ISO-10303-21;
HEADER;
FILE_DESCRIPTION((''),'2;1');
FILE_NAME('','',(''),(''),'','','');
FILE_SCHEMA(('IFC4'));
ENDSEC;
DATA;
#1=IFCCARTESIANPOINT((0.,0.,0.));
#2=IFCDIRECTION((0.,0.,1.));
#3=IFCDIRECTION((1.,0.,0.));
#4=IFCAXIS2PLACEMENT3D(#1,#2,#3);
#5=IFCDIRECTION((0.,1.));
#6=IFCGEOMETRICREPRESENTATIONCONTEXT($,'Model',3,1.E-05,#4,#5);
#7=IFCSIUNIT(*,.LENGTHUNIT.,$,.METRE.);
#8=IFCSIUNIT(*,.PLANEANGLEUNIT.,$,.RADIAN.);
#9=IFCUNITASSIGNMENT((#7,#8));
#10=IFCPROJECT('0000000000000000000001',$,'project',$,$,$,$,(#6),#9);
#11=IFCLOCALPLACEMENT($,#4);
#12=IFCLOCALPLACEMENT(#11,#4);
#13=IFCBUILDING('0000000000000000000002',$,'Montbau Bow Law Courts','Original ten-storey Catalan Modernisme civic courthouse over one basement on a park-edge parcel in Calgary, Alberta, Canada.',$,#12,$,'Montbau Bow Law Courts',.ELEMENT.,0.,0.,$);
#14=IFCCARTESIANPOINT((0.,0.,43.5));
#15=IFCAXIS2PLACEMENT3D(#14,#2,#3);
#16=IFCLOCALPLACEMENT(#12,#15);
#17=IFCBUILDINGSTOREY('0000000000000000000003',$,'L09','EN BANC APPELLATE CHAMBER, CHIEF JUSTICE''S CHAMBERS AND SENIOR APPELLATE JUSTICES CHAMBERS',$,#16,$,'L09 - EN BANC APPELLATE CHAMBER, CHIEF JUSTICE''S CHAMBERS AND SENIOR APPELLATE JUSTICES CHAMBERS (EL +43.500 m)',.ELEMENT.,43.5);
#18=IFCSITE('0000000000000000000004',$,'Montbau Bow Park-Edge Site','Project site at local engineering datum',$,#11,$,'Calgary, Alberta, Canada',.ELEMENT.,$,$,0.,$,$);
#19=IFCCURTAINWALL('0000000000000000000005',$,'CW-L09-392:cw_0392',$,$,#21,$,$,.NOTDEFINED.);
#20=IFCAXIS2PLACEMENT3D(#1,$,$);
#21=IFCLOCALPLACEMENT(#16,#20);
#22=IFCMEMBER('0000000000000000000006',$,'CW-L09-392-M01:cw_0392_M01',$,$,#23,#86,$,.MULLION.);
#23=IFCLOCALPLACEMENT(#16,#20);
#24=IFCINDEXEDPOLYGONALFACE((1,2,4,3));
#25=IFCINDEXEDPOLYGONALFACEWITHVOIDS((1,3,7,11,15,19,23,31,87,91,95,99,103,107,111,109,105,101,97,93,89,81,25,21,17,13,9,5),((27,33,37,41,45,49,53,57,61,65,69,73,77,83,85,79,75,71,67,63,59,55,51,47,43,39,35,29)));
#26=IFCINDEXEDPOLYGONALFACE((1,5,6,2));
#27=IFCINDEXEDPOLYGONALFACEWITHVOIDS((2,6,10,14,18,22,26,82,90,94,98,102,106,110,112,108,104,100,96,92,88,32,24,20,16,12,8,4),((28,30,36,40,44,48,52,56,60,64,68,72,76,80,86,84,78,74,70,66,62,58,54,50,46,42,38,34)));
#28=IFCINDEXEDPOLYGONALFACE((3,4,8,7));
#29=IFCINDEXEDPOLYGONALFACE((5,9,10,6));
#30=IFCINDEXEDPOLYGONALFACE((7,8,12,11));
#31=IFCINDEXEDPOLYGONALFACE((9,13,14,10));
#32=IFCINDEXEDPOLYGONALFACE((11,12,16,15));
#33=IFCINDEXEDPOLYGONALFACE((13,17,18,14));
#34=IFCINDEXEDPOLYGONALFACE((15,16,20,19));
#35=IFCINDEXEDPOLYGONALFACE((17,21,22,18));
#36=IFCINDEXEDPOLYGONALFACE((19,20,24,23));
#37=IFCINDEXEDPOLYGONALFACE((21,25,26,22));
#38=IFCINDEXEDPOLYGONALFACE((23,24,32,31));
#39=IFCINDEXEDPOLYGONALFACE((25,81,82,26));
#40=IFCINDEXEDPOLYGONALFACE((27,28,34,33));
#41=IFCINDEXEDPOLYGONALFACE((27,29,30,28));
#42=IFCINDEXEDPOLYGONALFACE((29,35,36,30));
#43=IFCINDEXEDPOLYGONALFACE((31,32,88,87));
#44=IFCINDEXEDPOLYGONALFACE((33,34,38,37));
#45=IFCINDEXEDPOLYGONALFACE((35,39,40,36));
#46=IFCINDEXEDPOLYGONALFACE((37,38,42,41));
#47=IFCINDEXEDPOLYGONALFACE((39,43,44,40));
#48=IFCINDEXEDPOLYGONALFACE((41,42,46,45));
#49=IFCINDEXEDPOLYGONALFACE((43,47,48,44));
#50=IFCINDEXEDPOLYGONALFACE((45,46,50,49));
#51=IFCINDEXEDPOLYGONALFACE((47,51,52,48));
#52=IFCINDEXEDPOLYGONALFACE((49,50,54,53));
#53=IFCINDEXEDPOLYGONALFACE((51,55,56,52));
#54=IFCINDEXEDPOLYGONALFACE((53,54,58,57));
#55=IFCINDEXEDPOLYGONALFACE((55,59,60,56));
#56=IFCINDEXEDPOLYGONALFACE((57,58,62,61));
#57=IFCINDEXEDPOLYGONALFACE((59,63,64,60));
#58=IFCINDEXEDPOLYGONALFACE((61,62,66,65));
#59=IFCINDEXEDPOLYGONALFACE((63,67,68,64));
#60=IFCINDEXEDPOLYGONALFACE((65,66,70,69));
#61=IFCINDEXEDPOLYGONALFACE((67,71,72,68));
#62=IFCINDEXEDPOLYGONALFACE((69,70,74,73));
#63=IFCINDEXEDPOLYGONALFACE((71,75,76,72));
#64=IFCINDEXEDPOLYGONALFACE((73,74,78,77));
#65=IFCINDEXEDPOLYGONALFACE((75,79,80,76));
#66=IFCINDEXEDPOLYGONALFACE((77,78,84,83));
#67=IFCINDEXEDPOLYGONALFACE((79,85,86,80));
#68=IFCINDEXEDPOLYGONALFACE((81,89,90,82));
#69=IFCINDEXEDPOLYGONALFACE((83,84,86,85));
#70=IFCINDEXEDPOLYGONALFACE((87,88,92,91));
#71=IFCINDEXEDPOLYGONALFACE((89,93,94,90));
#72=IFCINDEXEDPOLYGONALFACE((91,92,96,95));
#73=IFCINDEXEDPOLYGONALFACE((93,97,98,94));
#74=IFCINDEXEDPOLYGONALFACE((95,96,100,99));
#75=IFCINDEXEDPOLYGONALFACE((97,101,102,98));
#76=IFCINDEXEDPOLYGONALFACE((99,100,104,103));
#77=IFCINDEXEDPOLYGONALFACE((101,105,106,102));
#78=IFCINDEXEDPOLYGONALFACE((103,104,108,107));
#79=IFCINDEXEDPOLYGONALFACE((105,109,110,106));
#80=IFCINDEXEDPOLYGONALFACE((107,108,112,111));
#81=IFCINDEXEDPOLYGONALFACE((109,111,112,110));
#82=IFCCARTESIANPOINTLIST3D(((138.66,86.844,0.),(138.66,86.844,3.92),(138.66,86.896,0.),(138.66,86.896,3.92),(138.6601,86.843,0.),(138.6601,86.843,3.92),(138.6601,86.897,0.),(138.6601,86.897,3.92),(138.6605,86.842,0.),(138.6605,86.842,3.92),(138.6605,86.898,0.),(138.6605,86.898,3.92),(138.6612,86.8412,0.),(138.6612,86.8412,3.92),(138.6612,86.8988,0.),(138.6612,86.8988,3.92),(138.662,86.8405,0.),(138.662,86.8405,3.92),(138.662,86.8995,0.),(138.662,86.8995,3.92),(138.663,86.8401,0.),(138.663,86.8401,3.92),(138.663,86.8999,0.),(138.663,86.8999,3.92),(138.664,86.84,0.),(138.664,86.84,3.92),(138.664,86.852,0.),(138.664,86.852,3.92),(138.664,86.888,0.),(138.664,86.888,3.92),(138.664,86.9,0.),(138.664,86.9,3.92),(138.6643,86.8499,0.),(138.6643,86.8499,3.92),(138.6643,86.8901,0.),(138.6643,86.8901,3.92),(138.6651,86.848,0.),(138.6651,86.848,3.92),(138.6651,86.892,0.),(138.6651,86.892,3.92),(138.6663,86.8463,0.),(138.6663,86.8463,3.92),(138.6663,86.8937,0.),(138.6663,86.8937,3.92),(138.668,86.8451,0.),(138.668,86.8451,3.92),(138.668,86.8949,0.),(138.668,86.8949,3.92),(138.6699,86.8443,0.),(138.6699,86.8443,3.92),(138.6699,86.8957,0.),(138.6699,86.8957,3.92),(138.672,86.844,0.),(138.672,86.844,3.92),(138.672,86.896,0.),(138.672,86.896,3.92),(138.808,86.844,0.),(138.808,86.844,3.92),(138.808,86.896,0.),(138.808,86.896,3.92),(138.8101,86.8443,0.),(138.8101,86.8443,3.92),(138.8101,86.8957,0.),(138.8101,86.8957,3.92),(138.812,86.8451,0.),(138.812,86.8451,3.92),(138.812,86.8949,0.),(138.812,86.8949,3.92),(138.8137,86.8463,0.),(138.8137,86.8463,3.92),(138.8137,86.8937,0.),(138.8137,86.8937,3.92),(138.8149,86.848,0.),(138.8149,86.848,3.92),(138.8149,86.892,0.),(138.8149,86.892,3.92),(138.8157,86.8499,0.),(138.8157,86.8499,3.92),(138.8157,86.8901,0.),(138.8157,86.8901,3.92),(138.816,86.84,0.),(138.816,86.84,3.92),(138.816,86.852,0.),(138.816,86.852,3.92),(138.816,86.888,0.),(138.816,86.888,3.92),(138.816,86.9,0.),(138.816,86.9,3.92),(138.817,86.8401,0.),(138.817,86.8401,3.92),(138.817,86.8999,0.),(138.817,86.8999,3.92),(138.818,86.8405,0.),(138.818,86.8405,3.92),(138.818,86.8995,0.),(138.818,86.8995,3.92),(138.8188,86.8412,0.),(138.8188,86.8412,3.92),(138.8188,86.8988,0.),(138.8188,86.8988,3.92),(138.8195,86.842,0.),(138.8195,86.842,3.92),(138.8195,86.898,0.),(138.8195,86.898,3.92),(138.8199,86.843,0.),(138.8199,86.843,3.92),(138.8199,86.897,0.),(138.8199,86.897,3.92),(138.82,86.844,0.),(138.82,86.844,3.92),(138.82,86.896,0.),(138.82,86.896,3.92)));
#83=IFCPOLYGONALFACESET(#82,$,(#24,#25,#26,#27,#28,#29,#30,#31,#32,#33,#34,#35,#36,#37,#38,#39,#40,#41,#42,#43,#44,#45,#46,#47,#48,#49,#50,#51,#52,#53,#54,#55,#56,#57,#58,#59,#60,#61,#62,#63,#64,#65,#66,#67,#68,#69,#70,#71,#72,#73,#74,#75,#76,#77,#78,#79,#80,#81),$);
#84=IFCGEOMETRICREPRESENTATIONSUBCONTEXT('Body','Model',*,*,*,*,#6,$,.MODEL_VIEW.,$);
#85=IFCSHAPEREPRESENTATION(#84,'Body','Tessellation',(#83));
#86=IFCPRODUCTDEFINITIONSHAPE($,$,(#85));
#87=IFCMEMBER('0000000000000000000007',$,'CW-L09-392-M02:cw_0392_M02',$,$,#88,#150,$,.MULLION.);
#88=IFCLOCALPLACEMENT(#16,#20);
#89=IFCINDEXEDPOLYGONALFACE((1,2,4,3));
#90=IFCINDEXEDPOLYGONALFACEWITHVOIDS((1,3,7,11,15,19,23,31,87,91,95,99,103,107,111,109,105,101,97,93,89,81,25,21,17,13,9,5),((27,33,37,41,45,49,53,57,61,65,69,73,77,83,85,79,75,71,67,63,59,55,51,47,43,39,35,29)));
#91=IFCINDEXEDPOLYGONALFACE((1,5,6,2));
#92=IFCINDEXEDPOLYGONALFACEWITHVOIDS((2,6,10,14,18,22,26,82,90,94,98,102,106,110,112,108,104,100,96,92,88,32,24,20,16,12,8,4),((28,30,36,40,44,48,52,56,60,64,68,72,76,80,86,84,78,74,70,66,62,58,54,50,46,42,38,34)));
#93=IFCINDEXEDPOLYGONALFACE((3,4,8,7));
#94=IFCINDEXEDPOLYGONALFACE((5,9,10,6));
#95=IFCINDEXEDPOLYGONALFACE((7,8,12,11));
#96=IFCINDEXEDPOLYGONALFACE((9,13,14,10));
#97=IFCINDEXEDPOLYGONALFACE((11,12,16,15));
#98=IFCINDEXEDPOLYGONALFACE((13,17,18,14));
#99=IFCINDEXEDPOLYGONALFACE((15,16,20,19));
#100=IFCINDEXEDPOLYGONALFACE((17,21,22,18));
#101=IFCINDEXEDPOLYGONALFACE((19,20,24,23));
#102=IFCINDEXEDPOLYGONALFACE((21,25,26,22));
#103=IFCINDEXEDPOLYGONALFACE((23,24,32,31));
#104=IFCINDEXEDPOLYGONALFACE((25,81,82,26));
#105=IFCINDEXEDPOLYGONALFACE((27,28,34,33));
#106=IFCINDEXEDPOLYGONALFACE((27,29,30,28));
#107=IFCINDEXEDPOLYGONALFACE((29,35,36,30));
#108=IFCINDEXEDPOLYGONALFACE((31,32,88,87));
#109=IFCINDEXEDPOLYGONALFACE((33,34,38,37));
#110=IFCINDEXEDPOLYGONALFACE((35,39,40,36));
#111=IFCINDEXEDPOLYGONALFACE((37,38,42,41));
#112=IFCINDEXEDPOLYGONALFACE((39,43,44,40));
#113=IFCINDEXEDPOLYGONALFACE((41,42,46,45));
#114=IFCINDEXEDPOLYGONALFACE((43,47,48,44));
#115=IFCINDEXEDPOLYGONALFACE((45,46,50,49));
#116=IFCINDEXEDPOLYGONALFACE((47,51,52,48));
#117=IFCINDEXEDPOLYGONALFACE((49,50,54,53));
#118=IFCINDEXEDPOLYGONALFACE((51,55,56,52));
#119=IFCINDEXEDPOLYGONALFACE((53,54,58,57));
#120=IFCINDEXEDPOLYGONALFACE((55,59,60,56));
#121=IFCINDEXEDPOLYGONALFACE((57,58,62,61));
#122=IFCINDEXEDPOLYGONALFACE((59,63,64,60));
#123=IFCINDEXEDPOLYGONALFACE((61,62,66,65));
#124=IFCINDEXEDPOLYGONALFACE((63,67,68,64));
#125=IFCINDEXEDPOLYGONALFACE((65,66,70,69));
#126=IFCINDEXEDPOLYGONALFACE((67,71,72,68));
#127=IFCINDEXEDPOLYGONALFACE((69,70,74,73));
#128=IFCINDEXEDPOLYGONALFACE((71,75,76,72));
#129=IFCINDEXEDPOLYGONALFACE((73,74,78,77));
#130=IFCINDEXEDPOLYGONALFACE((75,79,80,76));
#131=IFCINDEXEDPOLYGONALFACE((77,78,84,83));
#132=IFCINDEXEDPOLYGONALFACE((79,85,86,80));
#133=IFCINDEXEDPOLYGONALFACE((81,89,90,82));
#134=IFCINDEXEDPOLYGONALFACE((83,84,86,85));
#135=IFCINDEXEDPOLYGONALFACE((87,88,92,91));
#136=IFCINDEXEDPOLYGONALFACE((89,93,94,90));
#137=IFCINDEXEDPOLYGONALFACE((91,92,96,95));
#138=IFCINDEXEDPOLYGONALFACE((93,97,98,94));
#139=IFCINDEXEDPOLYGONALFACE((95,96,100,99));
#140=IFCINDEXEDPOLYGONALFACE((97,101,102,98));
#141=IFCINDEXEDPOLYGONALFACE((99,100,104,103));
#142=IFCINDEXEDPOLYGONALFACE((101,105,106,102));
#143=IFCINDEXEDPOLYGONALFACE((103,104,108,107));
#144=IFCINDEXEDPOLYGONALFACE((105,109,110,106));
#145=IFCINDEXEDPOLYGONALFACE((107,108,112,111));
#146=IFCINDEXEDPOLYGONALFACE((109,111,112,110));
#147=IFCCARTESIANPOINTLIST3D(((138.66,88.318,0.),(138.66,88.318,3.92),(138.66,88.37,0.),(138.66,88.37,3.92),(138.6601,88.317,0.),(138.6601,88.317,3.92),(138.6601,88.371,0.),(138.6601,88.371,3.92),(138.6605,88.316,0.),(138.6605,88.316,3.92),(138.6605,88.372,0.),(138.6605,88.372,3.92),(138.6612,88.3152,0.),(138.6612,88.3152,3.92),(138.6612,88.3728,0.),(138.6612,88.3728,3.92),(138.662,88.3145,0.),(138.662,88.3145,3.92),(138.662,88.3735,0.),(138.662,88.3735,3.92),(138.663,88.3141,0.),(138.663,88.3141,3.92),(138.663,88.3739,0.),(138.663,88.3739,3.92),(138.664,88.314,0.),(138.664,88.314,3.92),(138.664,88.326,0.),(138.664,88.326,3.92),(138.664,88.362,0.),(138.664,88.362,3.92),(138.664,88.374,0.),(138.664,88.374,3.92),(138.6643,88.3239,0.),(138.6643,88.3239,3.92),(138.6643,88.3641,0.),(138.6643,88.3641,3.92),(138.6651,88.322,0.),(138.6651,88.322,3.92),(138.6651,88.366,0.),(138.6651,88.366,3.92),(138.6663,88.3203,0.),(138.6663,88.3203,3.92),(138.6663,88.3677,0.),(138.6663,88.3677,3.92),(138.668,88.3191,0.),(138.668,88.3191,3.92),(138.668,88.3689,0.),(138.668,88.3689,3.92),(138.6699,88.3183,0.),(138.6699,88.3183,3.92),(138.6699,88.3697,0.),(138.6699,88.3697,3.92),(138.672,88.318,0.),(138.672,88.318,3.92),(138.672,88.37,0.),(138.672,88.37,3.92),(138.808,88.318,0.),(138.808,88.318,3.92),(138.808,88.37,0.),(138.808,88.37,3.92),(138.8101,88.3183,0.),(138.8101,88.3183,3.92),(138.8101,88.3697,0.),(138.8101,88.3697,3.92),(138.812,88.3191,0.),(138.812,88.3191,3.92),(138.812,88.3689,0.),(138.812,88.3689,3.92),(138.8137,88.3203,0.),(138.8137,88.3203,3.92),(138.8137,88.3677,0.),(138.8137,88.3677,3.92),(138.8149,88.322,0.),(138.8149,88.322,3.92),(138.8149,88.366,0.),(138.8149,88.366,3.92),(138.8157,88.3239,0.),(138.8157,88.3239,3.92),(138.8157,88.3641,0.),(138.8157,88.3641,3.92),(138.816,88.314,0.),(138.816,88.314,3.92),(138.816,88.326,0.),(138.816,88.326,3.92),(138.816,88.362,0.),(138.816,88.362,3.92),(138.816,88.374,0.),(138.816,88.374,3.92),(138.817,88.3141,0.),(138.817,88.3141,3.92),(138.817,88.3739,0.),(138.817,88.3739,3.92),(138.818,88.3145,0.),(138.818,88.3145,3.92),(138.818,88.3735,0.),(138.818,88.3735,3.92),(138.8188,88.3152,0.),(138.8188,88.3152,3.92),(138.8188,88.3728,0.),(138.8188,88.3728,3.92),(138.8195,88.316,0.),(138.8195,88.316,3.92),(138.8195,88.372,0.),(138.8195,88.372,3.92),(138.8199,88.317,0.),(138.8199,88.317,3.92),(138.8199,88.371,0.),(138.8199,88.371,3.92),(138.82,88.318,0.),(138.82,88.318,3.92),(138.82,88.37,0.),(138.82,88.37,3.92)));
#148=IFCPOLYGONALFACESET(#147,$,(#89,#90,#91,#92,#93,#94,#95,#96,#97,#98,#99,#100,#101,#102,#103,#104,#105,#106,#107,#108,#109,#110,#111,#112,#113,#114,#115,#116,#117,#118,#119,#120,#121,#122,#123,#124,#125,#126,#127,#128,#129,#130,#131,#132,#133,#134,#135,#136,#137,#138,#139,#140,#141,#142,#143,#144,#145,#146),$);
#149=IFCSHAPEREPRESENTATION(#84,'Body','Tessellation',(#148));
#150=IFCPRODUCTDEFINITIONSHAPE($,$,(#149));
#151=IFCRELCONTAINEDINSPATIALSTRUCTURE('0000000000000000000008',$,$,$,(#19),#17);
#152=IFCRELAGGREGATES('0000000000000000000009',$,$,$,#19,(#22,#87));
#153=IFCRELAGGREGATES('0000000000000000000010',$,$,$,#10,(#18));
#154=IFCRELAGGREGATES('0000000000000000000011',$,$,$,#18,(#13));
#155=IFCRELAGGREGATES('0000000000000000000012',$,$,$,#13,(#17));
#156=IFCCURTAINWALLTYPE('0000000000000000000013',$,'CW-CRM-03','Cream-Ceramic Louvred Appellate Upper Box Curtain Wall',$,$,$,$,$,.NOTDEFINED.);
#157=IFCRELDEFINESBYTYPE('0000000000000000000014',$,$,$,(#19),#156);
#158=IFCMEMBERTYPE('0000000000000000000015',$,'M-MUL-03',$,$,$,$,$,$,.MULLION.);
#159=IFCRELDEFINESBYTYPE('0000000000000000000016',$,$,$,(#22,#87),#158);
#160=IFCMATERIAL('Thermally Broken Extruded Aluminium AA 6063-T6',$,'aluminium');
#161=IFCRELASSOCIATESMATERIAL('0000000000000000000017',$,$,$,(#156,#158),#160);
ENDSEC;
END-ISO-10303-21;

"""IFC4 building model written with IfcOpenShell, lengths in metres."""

from ifc_helpers import new_model, si_unit, direction, frame, origin_with_axes, origin_2d_with_axis, place, context, subcontext, project, spatial, hollow_rectangle, extrude, material, material_profile, profile_set, type_object, element, aggregate, save


model = new_model("IFC4")

# Units and contexts
model_context = context("Model", 3, precision=1e-05, world=origin_with_axes(), true_north=direction((0.0, 1.0)))
body_context = subcontext(model_context, "Body", "Model", "MODEL_VIEW")
ifc_project = project(units=[si_unit("LENGTHUNIT", "METRE"), si_unit("PLANEANGLEUNIT", "RADIAN")], contexts=[model_context])

# Site, building, storey
site_placement = place(None, origin_with_axes())
site = spatial("IfcSite", under=ifc_project, at=site_placement, Name="Montbau Bow Park-Edge Site", Description="Project site at local engineering datum", LongName="Calgary, Alberta, Canada", CompositionType="ELEMENT", RefElevation=0.0)
building_placement = place(site_placement, origin_with_axes())
building = spatial("IfcBuilding", under=site, at=building_placement, Name="Montbau Bow Law Courts", Description="Original ten-storey Catalan Modernisme civic courthouse over one basement on a park-edge parcel in Calgary, Alberta, Canada.", LongName="Montbau Bow Law Courts", CompositionType="ELEMENT", ElevationOfRefHeight=0.0, ElevationOfTerrain=0.0)
storey_placement = place(building_placement, frame((0.0, 0.0, 43.5), z_axis=(0.0, 0.0, 1.0), x_axis=(1.0, 0.0, 0.0)))
storey = spatial("IfcBuildingStorey", under=building, at=storey_placement, Name="L09", Description="EN BANC APPELLATE CHAMBER, CHIEF JUSTICE'S CHAMBERS AND SENIOR APPELLATE JUSTICES CHAMBERS", LongName="L09 - EN BANC APPELLATE CHAMBER, CHIEF JUSTICE'S CHAMBERS AND SENIOR APPELLATE JUSTICES CHAMBERS (EL +43.500 m)", CompositionType="ELEMENT", Elevation=43.5)

# Curtain wall, members
ifc_material_1 = material(Name="Thermally Broken Extruded Aluminium AA 6063-T6", Category="aluminium")
curtain_wall_type = type_object("IfcCurtainWallType", Name="CW-CRM-03", Description="Cream-Ceramic Louvred Appellate Upper Box Curtain Wall", PredefinedType="NOTDEFINED", material=ifc_material_1)
curtain_wall_placement = place(None, frame((138.74, 86.84, 43.5), z_axis=(0.0, 0.0, 1.0), x_axis=(1.0, 0.0, 0.0)))
curtain_wall = element("IfcCurtainWall", 1, at=curtain_wall_placement, inside=storey, type_object=curtain_wall_type, Name="CW-L09-392:cw_0392", PredefinedType="NOTDEFINED")
ifc_material_profile_1 = material_profile(ifc_material_1, hollow_rectangle(XDim=0.06, YDim=0.16, WallThickness=0.004, InnerFilletRadius=0.008, OuterFilletRadius=0.004, at=origin_2d_with_axis()), Name="CWM-160X60", Category="Main", Priority=0)
ifc_profile_set_1 = profile_set([ifc_material_profile_1], Name="Thermally Broken Extruded Aluminium AA 6063-T6")
member_type_1 = type_object("IfcMemberType", Name="M-MUL-03", PredefinedType="MULLION", material=ifc_profile_set_1)
member_1_placement = place(None, frame((138.74, 86.87, 43.5), z_axis=(0.0, 0.0, 1.0), x_axis=(0.0, 1.0, 0.0)))
member_1 = element("IfcMember", 2, at=member_1_placement, type_object=member_type_1, Name="CW-L09-392-M01:cw_0392_M01", PredefinedType="MULLION", context=body_context, shape_type="SweptSolid", body=[
    extrude(hollow_rectangle(XDim=0.06, YDim=0.16, WallThickness=0.004, InnerFilletRadius=0.008, OuterFilletRadius=0.004, at=origin_2d_with_axis()), origin_with_axes(), (0.0, 0.0, 1.0), 3.92),
])
member_2_placement = place(None, frame((138.74, 88.344, 43.5), z_axis=(0.0, 0.0, 1.0), x_axis=(0.0, 1.0, 0.0)))
member_2 = element("IfcMember", 3, at=member_2_placement, type_object=member_type_1, Name="CW-L09-392-M02:cw_0392_M02", PredefinedType="MULLION", context=body_context, shape_type="SweptSolid", body=[
    extrude(hollow_rectangle(XDim=0.06, YDim=0.16, WallThickness=0.004, InnerFilletRadius=0.008, OuterFilletRadius=0.004, at=origin_2d_with_axis()), origin_with_axes(), (0.0, 0.0, 1.0), 3.92),
])
aggregate(curtain_wall, [member_1, member_2])

save(model, "model.ifc")
